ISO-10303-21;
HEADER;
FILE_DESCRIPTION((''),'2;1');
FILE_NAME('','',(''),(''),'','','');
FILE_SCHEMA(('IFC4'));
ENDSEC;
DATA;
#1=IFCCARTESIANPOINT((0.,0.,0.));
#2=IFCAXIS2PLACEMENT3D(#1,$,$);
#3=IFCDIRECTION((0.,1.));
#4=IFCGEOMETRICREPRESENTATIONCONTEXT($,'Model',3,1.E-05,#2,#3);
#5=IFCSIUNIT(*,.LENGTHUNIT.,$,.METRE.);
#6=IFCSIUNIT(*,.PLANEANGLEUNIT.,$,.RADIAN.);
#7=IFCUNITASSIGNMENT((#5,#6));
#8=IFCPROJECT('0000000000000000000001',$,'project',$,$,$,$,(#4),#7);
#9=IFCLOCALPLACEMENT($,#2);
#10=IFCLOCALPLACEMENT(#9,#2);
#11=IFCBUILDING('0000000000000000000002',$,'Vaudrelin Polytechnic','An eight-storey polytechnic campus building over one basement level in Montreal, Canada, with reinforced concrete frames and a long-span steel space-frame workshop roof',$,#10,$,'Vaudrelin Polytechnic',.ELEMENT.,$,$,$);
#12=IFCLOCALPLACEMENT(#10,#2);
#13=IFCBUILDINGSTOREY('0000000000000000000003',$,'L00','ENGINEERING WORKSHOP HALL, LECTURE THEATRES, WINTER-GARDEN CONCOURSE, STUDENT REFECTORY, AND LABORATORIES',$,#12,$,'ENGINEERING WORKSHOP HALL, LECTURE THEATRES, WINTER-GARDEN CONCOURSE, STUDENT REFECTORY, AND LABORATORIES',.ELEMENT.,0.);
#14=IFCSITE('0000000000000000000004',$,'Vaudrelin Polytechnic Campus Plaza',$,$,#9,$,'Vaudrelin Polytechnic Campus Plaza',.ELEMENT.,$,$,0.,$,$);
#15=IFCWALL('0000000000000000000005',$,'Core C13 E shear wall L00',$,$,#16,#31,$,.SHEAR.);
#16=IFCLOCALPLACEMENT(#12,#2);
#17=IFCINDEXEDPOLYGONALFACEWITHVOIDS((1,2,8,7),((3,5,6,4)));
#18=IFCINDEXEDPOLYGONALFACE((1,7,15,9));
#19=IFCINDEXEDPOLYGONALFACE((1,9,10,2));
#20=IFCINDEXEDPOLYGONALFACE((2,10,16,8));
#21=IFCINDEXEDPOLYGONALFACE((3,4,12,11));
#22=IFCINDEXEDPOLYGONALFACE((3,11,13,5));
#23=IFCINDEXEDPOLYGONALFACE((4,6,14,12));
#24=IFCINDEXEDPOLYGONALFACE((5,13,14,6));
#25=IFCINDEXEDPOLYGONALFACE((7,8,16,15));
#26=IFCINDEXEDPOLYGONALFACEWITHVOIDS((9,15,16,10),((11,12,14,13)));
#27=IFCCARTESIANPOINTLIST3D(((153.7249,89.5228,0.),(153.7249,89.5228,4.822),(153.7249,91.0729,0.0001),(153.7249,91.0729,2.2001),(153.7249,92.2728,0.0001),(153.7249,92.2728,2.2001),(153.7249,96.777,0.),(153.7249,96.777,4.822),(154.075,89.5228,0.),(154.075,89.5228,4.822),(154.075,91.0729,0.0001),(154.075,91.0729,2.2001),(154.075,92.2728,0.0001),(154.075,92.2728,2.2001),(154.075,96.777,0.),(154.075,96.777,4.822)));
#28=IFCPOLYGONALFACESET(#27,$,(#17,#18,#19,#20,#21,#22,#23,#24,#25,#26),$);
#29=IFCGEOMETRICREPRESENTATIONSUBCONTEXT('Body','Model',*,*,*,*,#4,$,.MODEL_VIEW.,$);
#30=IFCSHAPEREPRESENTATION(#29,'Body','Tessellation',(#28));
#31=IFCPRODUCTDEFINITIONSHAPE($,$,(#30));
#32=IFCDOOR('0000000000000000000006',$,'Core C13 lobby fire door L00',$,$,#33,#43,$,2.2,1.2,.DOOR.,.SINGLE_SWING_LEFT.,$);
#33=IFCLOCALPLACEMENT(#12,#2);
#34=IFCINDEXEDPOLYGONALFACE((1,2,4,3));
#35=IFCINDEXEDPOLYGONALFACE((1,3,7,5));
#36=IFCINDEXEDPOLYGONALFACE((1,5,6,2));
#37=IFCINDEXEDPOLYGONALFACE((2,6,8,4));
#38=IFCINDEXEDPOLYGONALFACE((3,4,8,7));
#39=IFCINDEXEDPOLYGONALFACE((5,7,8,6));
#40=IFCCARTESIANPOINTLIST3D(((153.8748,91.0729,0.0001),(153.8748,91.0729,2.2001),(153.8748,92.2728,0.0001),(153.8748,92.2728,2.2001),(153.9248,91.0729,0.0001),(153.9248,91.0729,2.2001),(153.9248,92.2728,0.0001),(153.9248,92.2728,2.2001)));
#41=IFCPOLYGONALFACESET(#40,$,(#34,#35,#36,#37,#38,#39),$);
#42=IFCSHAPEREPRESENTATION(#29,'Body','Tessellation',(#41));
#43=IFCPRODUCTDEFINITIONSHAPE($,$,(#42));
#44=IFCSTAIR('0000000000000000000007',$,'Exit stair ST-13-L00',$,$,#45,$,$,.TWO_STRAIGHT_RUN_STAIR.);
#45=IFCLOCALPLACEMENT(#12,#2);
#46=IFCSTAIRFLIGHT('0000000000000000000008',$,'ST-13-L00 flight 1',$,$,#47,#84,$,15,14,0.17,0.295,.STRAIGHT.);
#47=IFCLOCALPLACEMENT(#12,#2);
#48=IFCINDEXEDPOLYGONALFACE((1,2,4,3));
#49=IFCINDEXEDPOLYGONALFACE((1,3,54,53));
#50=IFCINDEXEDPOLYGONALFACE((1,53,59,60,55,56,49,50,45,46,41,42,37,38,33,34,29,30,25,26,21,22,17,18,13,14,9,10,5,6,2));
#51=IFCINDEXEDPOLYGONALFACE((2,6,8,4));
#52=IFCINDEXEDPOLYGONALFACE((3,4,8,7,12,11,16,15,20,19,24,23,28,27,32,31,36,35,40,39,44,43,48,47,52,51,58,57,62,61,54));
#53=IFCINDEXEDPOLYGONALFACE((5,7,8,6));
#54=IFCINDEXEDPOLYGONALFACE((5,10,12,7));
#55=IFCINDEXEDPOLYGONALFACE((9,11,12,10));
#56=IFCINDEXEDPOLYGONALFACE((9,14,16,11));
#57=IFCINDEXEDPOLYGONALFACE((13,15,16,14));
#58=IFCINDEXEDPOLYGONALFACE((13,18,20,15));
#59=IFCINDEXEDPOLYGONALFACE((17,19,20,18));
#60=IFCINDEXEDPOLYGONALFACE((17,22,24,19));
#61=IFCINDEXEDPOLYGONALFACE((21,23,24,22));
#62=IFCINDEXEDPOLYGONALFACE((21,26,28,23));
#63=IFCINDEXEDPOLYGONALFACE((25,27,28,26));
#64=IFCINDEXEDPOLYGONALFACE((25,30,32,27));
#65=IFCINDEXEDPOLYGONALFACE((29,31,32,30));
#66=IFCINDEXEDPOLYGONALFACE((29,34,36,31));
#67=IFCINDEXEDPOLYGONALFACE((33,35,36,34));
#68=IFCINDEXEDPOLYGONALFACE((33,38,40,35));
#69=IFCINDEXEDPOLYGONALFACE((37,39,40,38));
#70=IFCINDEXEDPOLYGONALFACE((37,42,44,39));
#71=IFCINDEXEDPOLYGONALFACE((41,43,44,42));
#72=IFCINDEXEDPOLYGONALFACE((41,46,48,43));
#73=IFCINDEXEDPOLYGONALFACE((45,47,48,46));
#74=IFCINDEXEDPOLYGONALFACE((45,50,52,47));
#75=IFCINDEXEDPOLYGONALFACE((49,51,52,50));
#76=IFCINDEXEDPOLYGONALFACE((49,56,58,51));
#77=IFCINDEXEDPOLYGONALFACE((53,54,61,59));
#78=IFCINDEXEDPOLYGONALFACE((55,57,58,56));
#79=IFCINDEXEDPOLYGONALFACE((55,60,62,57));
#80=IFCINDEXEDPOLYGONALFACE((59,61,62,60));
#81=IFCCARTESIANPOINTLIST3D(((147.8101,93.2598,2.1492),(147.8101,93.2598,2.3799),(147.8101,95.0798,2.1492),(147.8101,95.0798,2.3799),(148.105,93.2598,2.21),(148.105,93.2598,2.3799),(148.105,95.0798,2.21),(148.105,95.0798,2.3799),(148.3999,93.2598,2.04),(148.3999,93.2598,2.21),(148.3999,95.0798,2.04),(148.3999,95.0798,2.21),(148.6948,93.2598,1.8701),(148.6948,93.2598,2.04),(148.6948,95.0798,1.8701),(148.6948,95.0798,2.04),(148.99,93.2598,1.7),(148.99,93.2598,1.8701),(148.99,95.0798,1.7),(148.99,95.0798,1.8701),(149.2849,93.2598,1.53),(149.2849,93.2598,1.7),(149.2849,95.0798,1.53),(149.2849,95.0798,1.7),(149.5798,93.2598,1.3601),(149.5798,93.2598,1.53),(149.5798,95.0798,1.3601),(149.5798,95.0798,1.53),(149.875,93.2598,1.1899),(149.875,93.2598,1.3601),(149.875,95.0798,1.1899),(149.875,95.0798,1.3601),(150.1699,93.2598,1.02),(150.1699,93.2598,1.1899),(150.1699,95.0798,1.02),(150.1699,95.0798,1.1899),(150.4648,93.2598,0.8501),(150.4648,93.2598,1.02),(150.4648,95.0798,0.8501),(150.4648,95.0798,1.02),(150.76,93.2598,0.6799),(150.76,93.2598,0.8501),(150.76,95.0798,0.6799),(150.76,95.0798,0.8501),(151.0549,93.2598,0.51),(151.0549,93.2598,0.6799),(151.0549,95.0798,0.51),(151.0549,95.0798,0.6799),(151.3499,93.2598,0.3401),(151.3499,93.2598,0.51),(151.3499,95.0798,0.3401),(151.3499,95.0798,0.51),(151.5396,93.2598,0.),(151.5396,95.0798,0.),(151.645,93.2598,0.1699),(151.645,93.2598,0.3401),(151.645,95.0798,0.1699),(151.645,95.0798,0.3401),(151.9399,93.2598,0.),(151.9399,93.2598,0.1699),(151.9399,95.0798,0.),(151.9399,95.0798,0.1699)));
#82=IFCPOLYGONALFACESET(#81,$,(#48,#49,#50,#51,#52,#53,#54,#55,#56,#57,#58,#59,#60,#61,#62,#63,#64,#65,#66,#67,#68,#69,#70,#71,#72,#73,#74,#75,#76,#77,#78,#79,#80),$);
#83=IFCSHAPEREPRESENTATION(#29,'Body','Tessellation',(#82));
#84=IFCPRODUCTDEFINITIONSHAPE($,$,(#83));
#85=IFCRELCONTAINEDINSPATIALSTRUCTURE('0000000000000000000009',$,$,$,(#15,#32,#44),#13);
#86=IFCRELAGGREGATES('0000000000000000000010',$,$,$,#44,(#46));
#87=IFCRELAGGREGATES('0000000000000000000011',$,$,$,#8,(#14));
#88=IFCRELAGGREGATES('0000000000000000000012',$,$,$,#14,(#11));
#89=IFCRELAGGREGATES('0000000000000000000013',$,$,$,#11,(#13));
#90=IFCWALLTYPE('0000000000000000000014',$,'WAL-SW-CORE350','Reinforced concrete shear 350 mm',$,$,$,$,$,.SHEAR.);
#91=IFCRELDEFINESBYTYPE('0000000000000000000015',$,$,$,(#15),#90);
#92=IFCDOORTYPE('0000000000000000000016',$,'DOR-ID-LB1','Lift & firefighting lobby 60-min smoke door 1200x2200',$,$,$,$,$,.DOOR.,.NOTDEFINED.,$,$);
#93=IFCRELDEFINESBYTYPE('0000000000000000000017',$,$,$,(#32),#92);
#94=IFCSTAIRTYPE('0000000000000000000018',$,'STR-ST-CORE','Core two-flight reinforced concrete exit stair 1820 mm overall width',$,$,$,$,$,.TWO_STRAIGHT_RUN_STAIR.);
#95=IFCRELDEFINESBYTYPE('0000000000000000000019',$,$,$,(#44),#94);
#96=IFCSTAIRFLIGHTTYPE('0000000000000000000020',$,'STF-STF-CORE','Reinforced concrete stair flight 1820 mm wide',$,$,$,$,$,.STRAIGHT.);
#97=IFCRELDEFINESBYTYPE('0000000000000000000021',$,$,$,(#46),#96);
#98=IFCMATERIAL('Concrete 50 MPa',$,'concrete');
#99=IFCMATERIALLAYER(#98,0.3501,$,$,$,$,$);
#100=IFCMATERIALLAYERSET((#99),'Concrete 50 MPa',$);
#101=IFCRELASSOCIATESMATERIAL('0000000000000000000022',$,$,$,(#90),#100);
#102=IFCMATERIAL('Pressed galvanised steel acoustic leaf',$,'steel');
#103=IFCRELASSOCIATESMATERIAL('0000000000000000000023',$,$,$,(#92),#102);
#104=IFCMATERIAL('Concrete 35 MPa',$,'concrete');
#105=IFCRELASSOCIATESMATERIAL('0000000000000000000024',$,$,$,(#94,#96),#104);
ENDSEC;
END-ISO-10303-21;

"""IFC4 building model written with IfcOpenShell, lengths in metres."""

from ifc_helpers import new_model, si_unit, direction, frame, frame_2d, origin, place, context, subcontext, project, spatial, polyline, rectangle, outline, extrude, material, layer, layer_set, type_object, element, fill, aggregate, save


model = new_model("IFC4")

# Units and contexts
model_context = context("Model", 3, precision=1e-05, world=origin(), true_north=direction((0.0, 1.0)))
body_context = subcontext(model_context, "Body", "Model", "MODEL_VIEW")
ifc_project = project(units=[si_unit("LENGTHUNIT", "METRE"), si_unit("PLANEANGLEUNIT", "RADIAN")], contexts=[model_context])

# Site, building, storey
site_placement = place(None, origin())
site = spatial("IfcSite", under=ifc_project, at=site_placement, Name="Vaudrelin Polytechnic Campus Plaza", LongName="Vaudrelin Polytechnic Campus Plaza", CompositionType="ELEMENT", RefElevation=0.0)
building_placement = place(site_placement, origin())
building = spatial("IfcBuilding", under=site, at=building_placement, Name="Vaudrelin Polytechnic", Description="An eight-storey polytechnic campus building over one basement level in Montreal, Canada, with reinforced concrete frames and a long-span steel space-frame workshop roof", LongName="Vaudrelin Polytechnic", CompositionType="ELEMENT")
storey_placement = place(building_placement, origin())
storey = spatial("IfcBuildingStorey", under=building, at=storey_placement, Name="L00", Description="ENGINEERING WORKSHOP HALL, LECTURE THEATRES, WINTER-GARDEN CONCOURSE, STUDENT REFECTORY, AND LABORATORIES", LongName="ENGINEERING WORKSHOP HALL, LECTURE THEATRES, WINTER-GARDEN CONCOURSE, STUDENT REFECTORY, AND LABORATORIES", CompositionType="ELEMENT", Elevation=0.0)

# Shared definitions
ifc_material_1 = material(Name="Concrete 50 MPa", Category="concrete")

# Shared definitions
ifc_material_2 = material(Name="Pressed galvanised steel acoustic leaf", Category="steel")

# Wall, opening, door
ifc_layer_1 = layer(ifc_material_1, 0.3501)
ifc_layer_set_1 = layer_set([ifc_layer_1], Name="Concrete 50 MPa")
wall_type_1 = type_object("IfcWallType", Name="WAL-SW-CORE350", Description="Reinforced concrete shear 350 mm", PredefinedType="SHEAR", material=ifc_layer_set_1)
wall_1_placement = place(storey_placement, frame((153.8999, 89.5229, 0.0), z_axis=(0.0, 0.0, 1.0), x_axis=(0.0, 1.0, 0.0)))
wall_1 = element("IfcWall", 1, at=wall_1_placement, inside=storey, type_object=wall_type_1, Name="Core C13 E shear wall L00", PredefinedType="SHEAR", context=body_context, shape_type="SweptSolid", body=[
    extrude(rectangle(XDim=7.2542, YDim=0.3501, at=frame_2d((3.627, 0.0))), origin(), (0.0, 0.0, 1.0), 4.822),
])
opening_1_placement = place(wall_1_placement, frame((2.75, 0.0, 0.0), z_axis=(0.0, 0.0, 1.0), x_axis=(-1.0, 0.0, 0.0)))
opening_1 = element("IfcOpeningElement", 2, at=opening_1_placement, cuts=wall_1, PredefinedType="OPENING", context=body_context, shape_type="SweptSolid", body=[
    extrude(rectangle(XDim=1.2, YDim=2.2, at=frame_2d((0.6001, 1.1001))), frame((0.0, 0.1851, 0.0), z_axis=(0.0, -1.0, 0.0), x_axis=(1.0, 0.0, 0.0)), (0.0, 0.0, 1.0), 0.3701),
])
door_type_1 = type_object("IfcDoorType", Name="DOR-ID-LB1", Description="Lift & firefighting lobby 60-min smoke door 1200x2200", OperationType="NOTDEFINED", PredefinedType="DOOR", material=ifc_material_2)
door_1_placement = place(opening_1_placement, origin())
door_1 = element("IfcDoor", 3, at=door_1_placement, inside=storey, type_object=door_type_1, Name="Core C13 lobby fire door L00", OperationType="SINGLE_SWING_LEFT", OverallHeight=2.2, OverallWidth=1.2, PredefinedType="DOOR", context=body_context, shape_type="SweptSolid", body=[
    extrude(rectangle(XDim=1.2, YDim=2.2, at=frame_2d((0.6001, 1.1001))), frame((0.0, 0.0249, 0.0), z_axis=(0.0, -1.0, 0.0), x_axis=(1.0, 0.0, 0.0)), (0.0, 0.0, 1.0), 0.05),
])
fill(opening_1, door_1)

# Stair, stair flight
ifc_material_3 = material(Name="Concrete 35 MPa", Category="concrete")
stair_type = type_object("IfcStairType", Name="STR-ST-CORE", Description="Core two-flight reinforced concrete exit stair 1820 mm overall width", PredefinedType="TWO_STRAIGHT_RUN_STAIR", material=ifc_material_3)
stair_placement = place(storey_placement, origin())
stair = element("IfcStair", 4, at=stair_placement, inside=storey, type_object=stair_type, Name="Exit stair ST-13-L00", PredefinedType="TWO_STRAIGHT_RUN_STAIR")
stair_flight_type = type_object("IfcStairFlightType", Name="STF-STF-CORE", Description="Reinforced concrete stair flight 1820 mm wide", PredefinedType="STRAIGHT", material=ifc_material_3)
stair_flight_placement = place(storey_placement, frame((151.9399, 94.1699, 0.0), z_axis=(0.0, 0.0, 1.0), x_axis=(-1.0, 0.0, 0.0)))
stair_flight = element("IfcStairFlight", 5, at=stair_flight_placement, type_object=stair_flight_type, Name="ST-13-L00 flight 1", NumberOfRisers=15, NumberOfTreads=14, PredefinedType="STRAIGHT", RiserHeight=0.17, TreadLength=0.295, context=body_context, shape_type="SweptSolid", body=[
    extrude(outline(polyline([(0.0, 0.0), (0.0, 0.1699), (0.2949, 0.1699), (0.2949, 0.3401), (0.5901, 0.3401), (0.5901, 0.51), (0.885, 0.51), (0.885, 0.6799), (1.1799, 0.6799), (1.1799, 0.8501), (1.4751, 0.8501), (1.4751, 1.02), (1.77, 1.02), (1.77, 1.1899), (2.0649, 1.1899), (2.0649, 1.3601), (2.3601, 1.3601), (2.3601, 1.53), (2.655, 1.53), (2.655, 1.7), (2.95, 1.7), (2.95, 1.8701), (3.2451, 1.8701), (3.2451, 2.04), (3.54, 2.04), (3.54, 2.21), (3.835, 2.21), (3.835, 2.3799), (4.1299, 2.3799), (4.1299, 2.55), (4.1299, 2.1492), (0.4004, 0.0), (0.0, 0.0)])), frame((0.0, 0.9102, 0.0), z_axis=(0.0, -1.0, 0.0), x_axis=(1.0, 0.0, 0.0)), (0.0, 0.0, 1.0), 1.8201),
])
aggregate(stair, [stair_flight])

save(model, "model.ifc")
